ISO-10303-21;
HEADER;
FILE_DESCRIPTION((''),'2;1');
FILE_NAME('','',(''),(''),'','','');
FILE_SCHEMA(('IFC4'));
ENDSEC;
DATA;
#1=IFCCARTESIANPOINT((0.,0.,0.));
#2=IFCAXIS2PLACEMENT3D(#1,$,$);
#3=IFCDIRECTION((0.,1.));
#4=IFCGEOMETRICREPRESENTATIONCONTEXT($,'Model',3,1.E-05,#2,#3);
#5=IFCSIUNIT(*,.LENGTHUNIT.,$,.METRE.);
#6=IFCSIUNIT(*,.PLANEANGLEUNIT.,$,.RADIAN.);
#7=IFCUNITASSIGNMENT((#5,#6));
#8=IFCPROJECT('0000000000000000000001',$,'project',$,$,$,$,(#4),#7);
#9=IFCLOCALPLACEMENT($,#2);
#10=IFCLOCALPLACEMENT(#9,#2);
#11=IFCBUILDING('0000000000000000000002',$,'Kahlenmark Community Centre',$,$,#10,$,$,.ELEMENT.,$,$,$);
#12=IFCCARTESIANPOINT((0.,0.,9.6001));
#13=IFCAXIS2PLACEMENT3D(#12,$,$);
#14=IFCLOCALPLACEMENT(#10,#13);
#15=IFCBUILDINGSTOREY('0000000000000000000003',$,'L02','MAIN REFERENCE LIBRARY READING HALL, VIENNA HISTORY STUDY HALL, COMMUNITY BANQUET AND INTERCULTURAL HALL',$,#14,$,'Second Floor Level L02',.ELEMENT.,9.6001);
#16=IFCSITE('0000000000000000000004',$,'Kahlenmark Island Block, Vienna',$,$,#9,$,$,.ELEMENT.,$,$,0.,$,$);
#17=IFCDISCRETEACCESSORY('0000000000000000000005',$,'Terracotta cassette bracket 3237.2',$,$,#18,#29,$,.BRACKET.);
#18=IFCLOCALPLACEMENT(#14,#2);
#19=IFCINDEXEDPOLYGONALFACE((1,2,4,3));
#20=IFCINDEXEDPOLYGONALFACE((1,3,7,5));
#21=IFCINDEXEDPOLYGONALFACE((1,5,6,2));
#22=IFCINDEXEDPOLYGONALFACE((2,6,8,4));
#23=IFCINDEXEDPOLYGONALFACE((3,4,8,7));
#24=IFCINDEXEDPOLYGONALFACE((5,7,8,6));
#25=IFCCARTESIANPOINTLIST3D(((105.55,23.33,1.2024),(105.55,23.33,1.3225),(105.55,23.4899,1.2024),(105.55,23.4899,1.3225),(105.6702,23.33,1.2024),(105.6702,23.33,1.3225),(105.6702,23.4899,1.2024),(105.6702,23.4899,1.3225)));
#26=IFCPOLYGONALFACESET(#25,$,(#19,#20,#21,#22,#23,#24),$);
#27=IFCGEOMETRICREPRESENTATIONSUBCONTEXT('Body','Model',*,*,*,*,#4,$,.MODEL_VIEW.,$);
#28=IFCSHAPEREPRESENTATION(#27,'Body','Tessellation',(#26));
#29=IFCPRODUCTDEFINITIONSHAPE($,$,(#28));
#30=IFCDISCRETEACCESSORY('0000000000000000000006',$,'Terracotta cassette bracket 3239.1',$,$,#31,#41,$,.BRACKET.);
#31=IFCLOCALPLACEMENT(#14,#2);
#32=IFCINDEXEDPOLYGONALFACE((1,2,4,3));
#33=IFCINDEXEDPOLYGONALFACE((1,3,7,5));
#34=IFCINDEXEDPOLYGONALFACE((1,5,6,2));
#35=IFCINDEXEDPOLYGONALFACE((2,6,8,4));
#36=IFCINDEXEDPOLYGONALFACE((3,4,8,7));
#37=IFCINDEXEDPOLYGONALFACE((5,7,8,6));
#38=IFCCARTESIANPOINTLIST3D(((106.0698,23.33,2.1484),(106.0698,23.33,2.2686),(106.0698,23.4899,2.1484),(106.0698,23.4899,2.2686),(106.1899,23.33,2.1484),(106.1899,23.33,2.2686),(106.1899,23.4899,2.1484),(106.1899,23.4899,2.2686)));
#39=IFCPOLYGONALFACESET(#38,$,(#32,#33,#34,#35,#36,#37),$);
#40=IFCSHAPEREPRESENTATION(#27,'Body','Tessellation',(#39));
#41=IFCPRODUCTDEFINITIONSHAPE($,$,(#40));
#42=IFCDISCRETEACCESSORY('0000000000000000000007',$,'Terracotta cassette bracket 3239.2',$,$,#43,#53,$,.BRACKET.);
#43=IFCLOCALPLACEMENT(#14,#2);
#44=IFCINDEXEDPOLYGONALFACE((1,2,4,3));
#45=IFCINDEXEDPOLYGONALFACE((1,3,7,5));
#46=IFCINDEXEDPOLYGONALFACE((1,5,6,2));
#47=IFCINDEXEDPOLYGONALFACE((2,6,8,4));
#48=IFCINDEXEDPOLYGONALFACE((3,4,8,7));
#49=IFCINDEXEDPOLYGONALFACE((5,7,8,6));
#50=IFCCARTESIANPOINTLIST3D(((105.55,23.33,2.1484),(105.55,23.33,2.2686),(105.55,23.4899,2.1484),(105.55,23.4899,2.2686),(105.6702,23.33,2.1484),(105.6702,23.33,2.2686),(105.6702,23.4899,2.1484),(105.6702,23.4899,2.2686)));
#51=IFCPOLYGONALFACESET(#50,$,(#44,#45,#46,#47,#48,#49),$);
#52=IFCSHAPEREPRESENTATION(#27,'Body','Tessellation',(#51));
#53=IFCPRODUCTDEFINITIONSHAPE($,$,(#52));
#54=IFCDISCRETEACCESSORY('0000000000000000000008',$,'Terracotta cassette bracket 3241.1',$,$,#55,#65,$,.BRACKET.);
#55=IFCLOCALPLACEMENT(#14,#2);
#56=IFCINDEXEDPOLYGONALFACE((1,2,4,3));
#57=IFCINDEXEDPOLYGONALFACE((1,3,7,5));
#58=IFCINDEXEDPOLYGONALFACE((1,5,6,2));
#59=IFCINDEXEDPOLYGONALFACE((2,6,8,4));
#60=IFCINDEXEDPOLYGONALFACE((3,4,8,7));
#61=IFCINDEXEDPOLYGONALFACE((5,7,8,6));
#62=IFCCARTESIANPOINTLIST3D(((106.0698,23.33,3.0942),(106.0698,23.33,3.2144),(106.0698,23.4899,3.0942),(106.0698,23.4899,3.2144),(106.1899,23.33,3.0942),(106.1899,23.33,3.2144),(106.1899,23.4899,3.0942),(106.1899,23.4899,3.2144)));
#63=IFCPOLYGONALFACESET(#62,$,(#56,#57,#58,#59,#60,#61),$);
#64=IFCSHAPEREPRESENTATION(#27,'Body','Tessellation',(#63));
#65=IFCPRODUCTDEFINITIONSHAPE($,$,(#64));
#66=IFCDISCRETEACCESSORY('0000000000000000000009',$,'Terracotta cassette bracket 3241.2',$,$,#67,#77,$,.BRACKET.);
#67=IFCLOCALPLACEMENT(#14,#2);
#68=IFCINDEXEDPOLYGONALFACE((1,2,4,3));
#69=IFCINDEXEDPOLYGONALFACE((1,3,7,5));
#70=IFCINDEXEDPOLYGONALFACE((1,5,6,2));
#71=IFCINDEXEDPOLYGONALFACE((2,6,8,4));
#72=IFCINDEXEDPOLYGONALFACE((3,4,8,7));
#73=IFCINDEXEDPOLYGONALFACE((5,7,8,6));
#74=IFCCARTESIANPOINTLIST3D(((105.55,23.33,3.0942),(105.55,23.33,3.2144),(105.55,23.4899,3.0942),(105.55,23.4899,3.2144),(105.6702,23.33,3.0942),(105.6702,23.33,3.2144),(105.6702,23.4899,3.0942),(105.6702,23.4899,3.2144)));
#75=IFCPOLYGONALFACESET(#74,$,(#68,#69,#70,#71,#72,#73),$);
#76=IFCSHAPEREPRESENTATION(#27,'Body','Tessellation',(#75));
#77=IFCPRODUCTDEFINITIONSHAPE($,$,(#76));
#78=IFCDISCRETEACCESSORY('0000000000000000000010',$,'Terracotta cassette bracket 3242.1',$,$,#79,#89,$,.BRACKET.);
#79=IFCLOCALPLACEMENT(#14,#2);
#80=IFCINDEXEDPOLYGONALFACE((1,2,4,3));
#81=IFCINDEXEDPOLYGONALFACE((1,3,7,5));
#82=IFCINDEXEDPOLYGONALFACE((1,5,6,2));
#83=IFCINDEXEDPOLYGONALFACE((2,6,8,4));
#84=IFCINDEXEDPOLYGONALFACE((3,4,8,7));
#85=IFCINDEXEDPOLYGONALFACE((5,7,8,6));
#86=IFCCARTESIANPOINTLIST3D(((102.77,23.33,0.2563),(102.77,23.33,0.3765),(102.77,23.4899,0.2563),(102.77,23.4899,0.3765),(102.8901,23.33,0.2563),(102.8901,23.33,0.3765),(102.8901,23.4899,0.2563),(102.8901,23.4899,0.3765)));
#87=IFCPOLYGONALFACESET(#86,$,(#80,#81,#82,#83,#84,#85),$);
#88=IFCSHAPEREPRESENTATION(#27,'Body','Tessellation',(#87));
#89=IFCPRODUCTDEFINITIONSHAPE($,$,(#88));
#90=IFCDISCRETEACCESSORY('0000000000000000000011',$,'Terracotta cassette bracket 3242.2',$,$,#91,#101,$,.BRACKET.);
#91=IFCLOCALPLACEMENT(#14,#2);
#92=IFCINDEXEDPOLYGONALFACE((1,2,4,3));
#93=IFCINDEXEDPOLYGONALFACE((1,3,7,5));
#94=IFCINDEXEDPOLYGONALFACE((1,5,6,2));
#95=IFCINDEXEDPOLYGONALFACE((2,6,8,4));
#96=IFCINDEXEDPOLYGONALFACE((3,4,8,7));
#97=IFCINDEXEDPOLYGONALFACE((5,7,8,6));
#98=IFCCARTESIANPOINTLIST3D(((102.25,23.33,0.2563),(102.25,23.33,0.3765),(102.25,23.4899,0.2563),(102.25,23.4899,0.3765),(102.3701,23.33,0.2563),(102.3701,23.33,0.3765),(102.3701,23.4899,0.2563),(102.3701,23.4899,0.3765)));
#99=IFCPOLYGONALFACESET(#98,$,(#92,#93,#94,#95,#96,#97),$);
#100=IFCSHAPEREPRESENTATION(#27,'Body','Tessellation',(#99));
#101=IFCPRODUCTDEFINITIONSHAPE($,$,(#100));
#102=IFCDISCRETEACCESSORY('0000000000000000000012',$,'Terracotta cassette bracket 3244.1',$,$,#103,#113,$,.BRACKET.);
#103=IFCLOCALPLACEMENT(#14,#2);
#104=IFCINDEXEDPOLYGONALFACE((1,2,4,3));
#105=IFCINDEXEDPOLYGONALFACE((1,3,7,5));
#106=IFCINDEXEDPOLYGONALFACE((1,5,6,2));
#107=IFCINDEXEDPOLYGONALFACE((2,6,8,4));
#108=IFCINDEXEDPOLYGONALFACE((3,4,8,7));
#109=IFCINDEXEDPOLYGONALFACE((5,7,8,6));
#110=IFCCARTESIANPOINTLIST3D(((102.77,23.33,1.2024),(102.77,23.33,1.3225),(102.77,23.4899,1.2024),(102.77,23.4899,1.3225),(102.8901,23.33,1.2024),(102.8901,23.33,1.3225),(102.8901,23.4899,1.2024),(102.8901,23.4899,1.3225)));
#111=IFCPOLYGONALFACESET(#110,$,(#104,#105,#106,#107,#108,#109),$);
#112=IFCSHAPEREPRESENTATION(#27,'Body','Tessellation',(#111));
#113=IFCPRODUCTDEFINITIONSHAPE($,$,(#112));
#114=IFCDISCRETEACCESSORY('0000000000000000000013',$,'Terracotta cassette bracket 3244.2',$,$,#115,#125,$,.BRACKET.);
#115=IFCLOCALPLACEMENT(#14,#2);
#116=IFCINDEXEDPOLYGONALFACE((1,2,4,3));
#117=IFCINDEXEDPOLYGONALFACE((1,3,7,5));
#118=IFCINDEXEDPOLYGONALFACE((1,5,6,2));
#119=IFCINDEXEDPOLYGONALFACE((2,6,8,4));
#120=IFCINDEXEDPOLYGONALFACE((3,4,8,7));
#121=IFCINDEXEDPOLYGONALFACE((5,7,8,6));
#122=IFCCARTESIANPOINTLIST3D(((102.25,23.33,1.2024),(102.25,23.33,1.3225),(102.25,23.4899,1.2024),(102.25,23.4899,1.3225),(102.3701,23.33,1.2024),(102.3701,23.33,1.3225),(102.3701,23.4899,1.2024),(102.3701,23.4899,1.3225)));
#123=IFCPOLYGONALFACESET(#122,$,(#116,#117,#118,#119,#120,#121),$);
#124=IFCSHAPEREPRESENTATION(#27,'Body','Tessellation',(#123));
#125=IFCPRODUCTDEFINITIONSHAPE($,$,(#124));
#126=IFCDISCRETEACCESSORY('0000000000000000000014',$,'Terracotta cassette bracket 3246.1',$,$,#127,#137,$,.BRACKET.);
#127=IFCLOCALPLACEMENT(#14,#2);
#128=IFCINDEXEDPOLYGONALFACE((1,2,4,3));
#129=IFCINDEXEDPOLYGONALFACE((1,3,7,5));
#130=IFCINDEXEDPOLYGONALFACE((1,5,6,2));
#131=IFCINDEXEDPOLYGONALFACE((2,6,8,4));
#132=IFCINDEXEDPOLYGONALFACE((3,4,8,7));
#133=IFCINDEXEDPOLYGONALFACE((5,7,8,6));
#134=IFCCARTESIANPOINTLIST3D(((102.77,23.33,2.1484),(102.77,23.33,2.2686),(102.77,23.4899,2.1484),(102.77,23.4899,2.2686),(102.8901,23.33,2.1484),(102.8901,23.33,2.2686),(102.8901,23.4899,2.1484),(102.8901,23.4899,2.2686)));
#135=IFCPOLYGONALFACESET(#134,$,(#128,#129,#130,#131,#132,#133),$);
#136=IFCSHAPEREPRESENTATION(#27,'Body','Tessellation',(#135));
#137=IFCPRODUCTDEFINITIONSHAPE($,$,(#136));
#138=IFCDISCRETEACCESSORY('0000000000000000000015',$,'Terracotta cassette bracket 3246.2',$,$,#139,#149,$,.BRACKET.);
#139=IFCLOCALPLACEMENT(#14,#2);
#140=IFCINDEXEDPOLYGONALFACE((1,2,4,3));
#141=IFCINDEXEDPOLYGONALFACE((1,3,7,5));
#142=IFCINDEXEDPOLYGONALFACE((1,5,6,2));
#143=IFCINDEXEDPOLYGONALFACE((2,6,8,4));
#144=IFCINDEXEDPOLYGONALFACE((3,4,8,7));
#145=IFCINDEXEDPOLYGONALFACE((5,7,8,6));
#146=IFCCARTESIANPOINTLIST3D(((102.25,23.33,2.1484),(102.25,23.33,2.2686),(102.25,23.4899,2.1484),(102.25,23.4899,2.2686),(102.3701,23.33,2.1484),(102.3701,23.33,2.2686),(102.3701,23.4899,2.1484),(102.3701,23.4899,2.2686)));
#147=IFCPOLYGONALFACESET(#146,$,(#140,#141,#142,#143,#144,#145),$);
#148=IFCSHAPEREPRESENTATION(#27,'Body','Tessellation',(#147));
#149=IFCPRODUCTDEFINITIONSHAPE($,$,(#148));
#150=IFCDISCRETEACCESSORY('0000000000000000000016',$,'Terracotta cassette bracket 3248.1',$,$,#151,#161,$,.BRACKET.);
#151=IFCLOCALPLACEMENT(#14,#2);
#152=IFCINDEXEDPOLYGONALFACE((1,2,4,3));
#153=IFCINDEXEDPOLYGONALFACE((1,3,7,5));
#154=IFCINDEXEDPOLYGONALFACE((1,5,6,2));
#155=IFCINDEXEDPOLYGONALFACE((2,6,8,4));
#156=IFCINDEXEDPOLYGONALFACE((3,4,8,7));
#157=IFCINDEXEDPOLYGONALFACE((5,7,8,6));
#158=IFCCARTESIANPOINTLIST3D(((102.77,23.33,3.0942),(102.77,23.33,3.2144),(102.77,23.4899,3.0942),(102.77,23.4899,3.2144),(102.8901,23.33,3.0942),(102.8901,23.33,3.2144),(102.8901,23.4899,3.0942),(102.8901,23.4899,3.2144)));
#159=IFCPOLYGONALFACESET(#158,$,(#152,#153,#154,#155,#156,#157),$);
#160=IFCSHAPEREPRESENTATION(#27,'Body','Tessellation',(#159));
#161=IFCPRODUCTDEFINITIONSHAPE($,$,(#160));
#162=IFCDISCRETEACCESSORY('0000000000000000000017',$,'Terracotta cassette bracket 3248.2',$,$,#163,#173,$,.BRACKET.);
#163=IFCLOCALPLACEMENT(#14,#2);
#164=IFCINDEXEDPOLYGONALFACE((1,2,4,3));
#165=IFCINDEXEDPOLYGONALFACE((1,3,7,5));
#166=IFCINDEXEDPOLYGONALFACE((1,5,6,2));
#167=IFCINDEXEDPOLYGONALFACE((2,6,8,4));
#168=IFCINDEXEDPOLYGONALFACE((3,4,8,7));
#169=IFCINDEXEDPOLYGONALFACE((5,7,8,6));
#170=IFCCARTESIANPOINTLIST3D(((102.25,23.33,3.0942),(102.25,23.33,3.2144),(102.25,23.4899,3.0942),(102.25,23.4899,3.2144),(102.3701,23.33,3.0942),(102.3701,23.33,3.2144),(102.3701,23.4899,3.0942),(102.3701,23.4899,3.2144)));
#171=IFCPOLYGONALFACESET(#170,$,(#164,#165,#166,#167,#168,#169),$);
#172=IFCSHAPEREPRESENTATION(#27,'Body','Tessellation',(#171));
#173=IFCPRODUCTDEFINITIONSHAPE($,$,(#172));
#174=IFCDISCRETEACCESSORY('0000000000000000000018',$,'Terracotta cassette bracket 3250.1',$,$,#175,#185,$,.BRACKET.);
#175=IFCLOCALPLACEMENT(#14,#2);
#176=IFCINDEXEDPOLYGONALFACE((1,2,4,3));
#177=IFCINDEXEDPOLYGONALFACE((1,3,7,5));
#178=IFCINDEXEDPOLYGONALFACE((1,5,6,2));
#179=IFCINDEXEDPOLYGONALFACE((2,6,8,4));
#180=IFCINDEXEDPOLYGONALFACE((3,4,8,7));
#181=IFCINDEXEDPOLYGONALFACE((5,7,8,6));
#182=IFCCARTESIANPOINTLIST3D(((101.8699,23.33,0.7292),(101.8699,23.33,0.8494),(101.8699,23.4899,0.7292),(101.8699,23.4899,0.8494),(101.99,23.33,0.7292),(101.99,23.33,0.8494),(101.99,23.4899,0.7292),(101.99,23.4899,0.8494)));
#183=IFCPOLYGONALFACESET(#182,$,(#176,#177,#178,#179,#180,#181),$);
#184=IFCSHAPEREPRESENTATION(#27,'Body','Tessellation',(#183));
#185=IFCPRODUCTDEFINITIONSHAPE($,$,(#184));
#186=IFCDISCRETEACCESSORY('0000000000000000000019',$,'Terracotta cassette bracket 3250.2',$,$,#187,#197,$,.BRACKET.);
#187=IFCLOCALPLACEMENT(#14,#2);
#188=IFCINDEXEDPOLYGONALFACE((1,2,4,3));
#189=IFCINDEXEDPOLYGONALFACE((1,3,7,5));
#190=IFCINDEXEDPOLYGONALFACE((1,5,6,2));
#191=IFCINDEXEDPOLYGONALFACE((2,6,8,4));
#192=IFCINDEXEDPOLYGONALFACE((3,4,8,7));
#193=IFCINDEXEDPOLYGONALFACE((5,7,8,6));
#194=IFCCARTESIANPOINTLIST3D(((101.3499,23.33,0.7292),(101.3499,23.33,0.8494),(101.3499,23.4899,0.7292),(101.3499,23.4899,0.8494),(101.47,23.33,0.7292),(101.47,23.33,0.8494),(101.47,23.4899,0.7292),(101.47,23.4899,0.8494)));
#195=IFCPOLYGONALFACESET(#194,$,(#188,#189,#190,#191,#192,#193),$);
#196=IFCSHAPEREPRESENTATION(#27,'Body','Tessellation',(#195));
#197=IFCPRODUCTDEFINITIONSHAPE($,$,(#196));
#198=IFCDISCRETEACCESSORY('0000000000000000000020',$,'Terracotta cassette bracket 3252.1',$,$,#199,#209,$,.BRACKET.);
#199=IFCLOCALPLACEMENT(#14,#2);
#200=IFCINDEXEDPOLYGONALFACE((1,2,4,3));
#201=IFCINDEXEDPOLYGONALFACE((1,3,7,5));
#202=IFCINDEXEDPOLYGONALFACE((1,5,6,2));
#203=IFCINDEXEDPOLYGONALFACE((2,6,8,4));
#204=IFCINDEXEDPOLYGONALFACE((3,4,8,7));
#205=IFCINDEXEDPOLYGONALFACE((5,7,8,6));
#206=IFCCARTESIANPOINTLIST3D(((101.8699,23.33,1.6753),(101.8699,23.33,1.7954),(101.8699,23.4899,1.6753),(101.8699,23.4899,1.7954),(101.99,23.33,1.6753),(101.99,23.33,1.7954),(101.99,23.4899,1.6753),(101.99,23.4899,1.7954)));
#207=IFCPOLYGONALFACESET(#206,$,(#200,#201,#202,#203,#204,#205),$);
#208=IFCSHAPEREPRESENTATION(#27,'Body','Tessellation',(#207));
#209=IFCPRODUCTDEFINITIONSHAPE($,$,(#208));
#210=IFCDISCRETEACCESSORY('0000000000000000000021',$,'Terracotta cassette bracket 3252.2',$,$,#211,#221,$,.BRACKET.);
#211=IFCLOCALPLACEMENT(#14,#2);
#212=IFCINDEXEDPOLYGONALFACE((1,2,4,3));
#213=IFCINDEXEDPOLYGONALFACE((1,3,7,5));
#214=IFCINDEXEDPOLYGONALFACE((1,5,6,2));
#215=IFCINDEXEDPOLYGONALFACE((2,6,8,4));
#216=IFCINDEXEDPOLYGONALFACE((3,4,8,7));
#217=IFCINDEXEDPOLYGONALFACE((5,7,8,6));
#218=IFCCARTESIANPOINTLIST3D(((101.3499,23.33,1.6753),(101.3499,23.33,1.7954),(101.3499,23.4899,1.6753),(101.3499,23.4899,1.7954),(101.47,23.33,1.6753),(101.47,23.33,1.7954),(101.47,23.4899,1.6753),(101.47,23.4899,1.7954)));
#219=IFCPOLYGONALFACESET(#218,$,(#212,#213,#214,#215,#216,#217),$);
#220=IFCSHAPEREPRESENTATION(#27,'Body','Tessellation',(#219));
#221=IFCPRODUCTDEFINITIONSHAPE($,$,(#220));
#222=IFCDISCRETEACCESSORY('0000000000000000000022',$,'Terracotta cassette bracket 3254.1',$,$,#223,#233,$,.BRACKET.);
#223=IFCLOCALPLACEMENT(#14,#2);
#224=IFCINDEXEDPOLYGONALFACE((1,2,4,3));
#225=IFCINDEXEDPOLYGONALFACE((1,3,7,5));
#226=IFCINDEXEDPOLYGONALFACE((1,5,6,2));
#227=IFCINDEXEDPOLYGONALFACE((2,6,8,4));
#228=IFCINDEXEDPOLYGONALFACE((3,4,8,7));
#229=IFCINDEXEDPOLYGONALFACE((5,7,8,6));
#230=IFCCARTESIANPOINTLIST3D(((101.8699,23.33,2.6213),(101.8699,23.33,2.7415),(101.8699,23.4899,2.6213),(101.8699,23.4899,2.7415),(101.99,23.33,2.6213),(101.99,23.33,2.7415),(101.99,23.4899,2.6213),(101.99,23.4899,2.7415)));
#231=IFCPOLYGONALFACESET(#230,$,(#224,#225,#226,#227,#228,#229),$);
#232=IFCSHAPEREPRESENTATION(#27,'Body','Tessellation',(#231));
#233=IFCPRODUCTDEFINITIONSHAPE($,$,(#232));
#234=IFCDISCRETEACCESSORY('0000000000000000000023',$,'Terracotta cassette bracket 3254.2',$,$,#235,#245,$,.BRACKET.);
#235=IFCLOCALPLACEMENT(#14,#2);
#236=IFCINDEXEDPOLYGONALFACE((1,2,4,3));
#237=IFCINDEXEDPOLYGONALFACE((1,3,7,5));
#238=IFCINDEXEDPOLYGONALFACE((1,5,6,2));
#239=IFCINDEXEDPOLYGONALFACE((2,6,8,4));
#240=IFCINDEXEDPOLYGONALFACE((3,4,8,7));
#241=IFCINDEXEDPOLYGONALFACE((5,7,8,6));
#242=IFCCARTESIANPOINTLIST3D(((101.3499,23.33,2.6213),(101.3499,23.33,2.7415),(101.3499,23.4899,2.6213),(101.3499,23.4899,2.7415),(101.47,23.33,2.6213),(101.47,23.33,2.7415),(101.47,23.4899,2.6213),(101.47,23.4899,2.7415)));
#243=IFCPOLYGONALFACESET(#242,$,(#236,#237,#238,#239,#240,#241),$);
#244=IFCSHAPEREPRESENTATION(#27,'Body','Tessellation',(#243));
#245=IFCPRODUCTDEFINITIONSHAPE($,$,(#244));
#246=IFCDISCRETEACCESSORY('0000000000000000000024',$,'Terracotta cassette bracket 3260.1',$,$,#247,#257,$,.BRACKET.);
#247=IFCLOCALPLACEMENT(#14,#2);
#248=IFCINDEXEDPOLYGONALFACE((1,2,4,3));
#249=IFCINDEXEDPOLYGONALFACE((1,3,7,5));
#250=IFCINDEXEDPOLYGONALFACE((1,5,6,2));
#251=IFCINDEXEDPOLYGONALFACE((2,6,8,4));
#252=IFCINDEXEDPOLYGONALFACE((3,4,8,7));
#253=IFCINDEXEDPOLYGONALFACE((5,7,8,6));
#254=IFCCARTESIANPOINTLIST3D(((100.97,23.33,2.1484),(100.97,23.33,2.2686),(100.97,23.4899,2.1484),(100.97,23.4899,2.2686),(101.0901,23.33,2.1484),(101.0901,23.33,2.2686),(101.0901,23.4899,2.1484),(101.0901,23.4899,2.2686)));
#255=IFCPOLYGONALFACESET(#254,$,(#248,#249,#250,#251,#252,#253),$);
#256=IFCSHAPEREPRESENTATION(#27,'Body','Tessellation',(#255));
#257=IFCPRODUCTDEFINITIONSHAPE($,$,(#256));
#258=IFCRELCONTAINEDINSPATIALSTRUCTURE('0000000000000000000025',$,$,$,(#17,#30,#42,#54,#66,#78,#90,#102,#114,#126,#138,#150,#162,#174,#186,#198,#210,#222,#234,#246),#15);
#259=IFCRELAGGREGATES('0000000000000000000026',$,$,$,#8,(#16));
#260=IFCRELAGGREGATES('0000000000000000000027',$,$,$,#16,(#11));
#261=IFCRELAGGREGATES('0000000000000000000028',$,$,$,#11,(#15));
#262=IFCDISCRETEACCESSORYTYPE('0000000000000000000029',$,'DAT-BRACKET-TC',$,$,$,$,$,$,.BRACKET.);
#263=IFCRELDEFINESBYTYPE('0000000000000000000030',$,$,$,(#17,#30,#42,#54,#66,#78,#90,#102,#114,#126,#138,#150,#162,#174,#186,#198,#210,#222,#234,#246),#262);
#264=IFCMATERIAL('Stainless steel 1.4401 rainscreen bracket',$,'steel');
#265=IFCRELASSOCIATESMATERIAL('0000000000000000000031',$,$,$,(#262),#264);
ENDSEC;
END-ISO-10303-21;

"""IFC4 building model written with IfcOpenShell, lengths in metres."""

from ifc_helpers import new_model, si_unit, direction, frame, origin, origin_2d, place, context, subcontext, project, spatial, rectangle, extrude, material, type_object, element, save


model = new_model("IFC4")

# Units and contexts
model_context = context("Model", 3, precision=1e-05, world=origin(), true_north=direction((0.0, 1.0)))
body_context = subcontext(model_context, "Body", "Model", "MODEL_VIEW")
ifc_project = project(units=[si_unit("LENGTHUNIT", "METRE"), si_unit("PLANEANGLEUNIT", "RADIAN")], contexts=[model_context])

# Site, building, storey
site_placement = place(None, origin())
site = spatial("IfcSite", under=ifc_project, at=site_placement, Name="Kahlenmark Island Block, Vienna", CompositionType="ELEMENT", RefElevation=0.0)
building_placement = place(site_placement, origin())
building = spatial("IfcBuilding", under=site, at=building_placement, Name="Kahlenmark Community Centre", CompositionType="ELEMENT")
storey_placement = place(building_placement, frame((0.0, 0.0, 9.6001)))
storey = spatial("IfcBuildingStorey", under=building, at=storey_placement, Name="L02", Description="MAIN REFERENCE LIBRARY READING HALL, VIENNA HISTORY STUDY HALL, COMMUNITY BANQUET AND INTERCULTURAL HALL", LongName="Second Floor Level L02", CompositionType="ELEMENT", Elevation=9.6001)

# Discrete accessories
ifc_material_1 = material(Name="Stainless steel 1.4401 rainscreen bracket", Category="steel")
discrete_accessory_type = type_object("IfcDiscreteAccessoryType", Name="DAT-BRACKET-TC", PredefinedType="BRACKET", material=ifc_material_1)
for number, where, z_axis, x_axis, name in (
    (1, (105.6101, 23.4099, 1.2024), (0.0, 0.0, 1.0), (-1.0, 0.0, 0.0), "Terracotta cassette bracket 3237.2"),
    (2, (106.1299, 23.4099, 2.1484), (0.0, 0.0, 1.0), (-1.0, 0.0, 0.0), "Terracotta cassette bracket 3239.1"),
    (3, (105.6101, 23.4099, 2.1484), (0.0, 0.0, 1.0), (-1.0, 0.0, 0.0), "Terracotta cassette bracket 3239.2"),
    (4, (106.1299, 23.4099, 3.0942), (0.0, 0.0, 1.0), (-1.0, 0.0, 0.0), "Terracotta cassette bracket 3241.1"),
    (5, (105.6101, 23.4099, 3.0942), (0.0, 0.0, 1.0), (-1.0, 0.0, 0.0), "Terracotta cassette bracket 3241.2"),
    (6, (102.8301, 23.4099, 0.2563), (0.0, 0.0, 1.0), (-1.0, 0.0, 0.0), "Terracotta cassette bracket 3242.1"),
    (7, (102.3101, 23.4099, 0.2563), (0.0, 0.0, 1.0), (-1.0, 0.0, 0.0), "Terracotta cassette bracket 3242.2"),
    (8, (102.8301, 23.4099, 1.2024), (0.0, 0.0, 1.0), (-1.0, 0.0, 0.0), "Terracotta cassette bracket 3244.1"),
    (9, (102.3101, 23.4099, 1.2024), (0.0, 0.0, 1.0), (-1.0, 0.0, 0.0), "Terracotta cassette bracket 3244.2"),
    (10, (102.8301, 23.4099, 2.1484), (0.0, 0.0, 1.0), (-1.0, 0.0, 0.0), "Terracotta cassette bracket 3246.1"),
    (11, (102.3101, 23.4099, 2.1484), (0.0, 0.0, 1.0), (-1.0, 0.0, 0.0), "Terracotta cassette bracket 3246.2"),
    (12, (102.8301, 23.4099, 3.0942), (0.0, 0.0, 1.0), (-1.0, 0.0, 0.0), "Terracotta cassette bracket 3248.1"),
    (13, (102.3101, 23.4099, 3.0942), (0.0, 0.0, 1.0), (-1.0, 0.0, 0.0), "Terracotta cassette bracket 3248.2"),
    (14, (101.9299, 23.4099, 0.7292), (0.0, 0.0, 1.0), (-1.0, 0.0, 0.0), "Terracotta cassette bracket 3250.1"),
    (15, (101.4099, 23.4099, 0.7292), (0.0, 0.0, 1.0), (-1.0, 0.0, 0.0), "Terracotta cassette bracket 3250.2"),
    (16, (101.9299, 23.4099, 1.6753), (0.0, 0.0, 1.0), (-1.0, 0.0, 0.0), "Terracotta cassette bracket 3252.1"),
    (17, (101.4099, 23.4099, 1.6753), (0.0, 0.0, 1.0), (-1.0, 0.0, 0.0), "Terracotta cassette bracket 3252.2"),
    (18, (101.9299, 23.4099, 2.6213), (0.0, 0.0, 1.0), (-1.0, 0.0, 0.0), "Terracotta cassette bracket 3254.1"),
    (19, (101.4099, 23.4099, 2.6213), (0.0, 0.0, 1.0), (-1.0, 0.0, 0.0), "Terracotta cassette bracket 3254.2"),
    (20, (101.03, 23.4099, 2.1484), (0.0, 0.0, 1.0), (-1.0, 0.0, 0.0), "Terracotta cassette bracket 3260.1"),
):
    element("IfcDiscreteAccessory", number, at=place(storey_placement, frame(where, z_axis=z_axis, x_axis=x_axis)), inside=storey, type_object=discrete_accessory_type, Name=name, PredefinedType="BRACKET", context=body_context, shape_type="SweptSolid", body=[
        extrude(rectangle(XDim=0.1201, YDim=0.1599, at=origin_2d()), origin(), (0.0, 0.0, 1.0), 0.1201),
    ])

save(model, "model.ifc")
